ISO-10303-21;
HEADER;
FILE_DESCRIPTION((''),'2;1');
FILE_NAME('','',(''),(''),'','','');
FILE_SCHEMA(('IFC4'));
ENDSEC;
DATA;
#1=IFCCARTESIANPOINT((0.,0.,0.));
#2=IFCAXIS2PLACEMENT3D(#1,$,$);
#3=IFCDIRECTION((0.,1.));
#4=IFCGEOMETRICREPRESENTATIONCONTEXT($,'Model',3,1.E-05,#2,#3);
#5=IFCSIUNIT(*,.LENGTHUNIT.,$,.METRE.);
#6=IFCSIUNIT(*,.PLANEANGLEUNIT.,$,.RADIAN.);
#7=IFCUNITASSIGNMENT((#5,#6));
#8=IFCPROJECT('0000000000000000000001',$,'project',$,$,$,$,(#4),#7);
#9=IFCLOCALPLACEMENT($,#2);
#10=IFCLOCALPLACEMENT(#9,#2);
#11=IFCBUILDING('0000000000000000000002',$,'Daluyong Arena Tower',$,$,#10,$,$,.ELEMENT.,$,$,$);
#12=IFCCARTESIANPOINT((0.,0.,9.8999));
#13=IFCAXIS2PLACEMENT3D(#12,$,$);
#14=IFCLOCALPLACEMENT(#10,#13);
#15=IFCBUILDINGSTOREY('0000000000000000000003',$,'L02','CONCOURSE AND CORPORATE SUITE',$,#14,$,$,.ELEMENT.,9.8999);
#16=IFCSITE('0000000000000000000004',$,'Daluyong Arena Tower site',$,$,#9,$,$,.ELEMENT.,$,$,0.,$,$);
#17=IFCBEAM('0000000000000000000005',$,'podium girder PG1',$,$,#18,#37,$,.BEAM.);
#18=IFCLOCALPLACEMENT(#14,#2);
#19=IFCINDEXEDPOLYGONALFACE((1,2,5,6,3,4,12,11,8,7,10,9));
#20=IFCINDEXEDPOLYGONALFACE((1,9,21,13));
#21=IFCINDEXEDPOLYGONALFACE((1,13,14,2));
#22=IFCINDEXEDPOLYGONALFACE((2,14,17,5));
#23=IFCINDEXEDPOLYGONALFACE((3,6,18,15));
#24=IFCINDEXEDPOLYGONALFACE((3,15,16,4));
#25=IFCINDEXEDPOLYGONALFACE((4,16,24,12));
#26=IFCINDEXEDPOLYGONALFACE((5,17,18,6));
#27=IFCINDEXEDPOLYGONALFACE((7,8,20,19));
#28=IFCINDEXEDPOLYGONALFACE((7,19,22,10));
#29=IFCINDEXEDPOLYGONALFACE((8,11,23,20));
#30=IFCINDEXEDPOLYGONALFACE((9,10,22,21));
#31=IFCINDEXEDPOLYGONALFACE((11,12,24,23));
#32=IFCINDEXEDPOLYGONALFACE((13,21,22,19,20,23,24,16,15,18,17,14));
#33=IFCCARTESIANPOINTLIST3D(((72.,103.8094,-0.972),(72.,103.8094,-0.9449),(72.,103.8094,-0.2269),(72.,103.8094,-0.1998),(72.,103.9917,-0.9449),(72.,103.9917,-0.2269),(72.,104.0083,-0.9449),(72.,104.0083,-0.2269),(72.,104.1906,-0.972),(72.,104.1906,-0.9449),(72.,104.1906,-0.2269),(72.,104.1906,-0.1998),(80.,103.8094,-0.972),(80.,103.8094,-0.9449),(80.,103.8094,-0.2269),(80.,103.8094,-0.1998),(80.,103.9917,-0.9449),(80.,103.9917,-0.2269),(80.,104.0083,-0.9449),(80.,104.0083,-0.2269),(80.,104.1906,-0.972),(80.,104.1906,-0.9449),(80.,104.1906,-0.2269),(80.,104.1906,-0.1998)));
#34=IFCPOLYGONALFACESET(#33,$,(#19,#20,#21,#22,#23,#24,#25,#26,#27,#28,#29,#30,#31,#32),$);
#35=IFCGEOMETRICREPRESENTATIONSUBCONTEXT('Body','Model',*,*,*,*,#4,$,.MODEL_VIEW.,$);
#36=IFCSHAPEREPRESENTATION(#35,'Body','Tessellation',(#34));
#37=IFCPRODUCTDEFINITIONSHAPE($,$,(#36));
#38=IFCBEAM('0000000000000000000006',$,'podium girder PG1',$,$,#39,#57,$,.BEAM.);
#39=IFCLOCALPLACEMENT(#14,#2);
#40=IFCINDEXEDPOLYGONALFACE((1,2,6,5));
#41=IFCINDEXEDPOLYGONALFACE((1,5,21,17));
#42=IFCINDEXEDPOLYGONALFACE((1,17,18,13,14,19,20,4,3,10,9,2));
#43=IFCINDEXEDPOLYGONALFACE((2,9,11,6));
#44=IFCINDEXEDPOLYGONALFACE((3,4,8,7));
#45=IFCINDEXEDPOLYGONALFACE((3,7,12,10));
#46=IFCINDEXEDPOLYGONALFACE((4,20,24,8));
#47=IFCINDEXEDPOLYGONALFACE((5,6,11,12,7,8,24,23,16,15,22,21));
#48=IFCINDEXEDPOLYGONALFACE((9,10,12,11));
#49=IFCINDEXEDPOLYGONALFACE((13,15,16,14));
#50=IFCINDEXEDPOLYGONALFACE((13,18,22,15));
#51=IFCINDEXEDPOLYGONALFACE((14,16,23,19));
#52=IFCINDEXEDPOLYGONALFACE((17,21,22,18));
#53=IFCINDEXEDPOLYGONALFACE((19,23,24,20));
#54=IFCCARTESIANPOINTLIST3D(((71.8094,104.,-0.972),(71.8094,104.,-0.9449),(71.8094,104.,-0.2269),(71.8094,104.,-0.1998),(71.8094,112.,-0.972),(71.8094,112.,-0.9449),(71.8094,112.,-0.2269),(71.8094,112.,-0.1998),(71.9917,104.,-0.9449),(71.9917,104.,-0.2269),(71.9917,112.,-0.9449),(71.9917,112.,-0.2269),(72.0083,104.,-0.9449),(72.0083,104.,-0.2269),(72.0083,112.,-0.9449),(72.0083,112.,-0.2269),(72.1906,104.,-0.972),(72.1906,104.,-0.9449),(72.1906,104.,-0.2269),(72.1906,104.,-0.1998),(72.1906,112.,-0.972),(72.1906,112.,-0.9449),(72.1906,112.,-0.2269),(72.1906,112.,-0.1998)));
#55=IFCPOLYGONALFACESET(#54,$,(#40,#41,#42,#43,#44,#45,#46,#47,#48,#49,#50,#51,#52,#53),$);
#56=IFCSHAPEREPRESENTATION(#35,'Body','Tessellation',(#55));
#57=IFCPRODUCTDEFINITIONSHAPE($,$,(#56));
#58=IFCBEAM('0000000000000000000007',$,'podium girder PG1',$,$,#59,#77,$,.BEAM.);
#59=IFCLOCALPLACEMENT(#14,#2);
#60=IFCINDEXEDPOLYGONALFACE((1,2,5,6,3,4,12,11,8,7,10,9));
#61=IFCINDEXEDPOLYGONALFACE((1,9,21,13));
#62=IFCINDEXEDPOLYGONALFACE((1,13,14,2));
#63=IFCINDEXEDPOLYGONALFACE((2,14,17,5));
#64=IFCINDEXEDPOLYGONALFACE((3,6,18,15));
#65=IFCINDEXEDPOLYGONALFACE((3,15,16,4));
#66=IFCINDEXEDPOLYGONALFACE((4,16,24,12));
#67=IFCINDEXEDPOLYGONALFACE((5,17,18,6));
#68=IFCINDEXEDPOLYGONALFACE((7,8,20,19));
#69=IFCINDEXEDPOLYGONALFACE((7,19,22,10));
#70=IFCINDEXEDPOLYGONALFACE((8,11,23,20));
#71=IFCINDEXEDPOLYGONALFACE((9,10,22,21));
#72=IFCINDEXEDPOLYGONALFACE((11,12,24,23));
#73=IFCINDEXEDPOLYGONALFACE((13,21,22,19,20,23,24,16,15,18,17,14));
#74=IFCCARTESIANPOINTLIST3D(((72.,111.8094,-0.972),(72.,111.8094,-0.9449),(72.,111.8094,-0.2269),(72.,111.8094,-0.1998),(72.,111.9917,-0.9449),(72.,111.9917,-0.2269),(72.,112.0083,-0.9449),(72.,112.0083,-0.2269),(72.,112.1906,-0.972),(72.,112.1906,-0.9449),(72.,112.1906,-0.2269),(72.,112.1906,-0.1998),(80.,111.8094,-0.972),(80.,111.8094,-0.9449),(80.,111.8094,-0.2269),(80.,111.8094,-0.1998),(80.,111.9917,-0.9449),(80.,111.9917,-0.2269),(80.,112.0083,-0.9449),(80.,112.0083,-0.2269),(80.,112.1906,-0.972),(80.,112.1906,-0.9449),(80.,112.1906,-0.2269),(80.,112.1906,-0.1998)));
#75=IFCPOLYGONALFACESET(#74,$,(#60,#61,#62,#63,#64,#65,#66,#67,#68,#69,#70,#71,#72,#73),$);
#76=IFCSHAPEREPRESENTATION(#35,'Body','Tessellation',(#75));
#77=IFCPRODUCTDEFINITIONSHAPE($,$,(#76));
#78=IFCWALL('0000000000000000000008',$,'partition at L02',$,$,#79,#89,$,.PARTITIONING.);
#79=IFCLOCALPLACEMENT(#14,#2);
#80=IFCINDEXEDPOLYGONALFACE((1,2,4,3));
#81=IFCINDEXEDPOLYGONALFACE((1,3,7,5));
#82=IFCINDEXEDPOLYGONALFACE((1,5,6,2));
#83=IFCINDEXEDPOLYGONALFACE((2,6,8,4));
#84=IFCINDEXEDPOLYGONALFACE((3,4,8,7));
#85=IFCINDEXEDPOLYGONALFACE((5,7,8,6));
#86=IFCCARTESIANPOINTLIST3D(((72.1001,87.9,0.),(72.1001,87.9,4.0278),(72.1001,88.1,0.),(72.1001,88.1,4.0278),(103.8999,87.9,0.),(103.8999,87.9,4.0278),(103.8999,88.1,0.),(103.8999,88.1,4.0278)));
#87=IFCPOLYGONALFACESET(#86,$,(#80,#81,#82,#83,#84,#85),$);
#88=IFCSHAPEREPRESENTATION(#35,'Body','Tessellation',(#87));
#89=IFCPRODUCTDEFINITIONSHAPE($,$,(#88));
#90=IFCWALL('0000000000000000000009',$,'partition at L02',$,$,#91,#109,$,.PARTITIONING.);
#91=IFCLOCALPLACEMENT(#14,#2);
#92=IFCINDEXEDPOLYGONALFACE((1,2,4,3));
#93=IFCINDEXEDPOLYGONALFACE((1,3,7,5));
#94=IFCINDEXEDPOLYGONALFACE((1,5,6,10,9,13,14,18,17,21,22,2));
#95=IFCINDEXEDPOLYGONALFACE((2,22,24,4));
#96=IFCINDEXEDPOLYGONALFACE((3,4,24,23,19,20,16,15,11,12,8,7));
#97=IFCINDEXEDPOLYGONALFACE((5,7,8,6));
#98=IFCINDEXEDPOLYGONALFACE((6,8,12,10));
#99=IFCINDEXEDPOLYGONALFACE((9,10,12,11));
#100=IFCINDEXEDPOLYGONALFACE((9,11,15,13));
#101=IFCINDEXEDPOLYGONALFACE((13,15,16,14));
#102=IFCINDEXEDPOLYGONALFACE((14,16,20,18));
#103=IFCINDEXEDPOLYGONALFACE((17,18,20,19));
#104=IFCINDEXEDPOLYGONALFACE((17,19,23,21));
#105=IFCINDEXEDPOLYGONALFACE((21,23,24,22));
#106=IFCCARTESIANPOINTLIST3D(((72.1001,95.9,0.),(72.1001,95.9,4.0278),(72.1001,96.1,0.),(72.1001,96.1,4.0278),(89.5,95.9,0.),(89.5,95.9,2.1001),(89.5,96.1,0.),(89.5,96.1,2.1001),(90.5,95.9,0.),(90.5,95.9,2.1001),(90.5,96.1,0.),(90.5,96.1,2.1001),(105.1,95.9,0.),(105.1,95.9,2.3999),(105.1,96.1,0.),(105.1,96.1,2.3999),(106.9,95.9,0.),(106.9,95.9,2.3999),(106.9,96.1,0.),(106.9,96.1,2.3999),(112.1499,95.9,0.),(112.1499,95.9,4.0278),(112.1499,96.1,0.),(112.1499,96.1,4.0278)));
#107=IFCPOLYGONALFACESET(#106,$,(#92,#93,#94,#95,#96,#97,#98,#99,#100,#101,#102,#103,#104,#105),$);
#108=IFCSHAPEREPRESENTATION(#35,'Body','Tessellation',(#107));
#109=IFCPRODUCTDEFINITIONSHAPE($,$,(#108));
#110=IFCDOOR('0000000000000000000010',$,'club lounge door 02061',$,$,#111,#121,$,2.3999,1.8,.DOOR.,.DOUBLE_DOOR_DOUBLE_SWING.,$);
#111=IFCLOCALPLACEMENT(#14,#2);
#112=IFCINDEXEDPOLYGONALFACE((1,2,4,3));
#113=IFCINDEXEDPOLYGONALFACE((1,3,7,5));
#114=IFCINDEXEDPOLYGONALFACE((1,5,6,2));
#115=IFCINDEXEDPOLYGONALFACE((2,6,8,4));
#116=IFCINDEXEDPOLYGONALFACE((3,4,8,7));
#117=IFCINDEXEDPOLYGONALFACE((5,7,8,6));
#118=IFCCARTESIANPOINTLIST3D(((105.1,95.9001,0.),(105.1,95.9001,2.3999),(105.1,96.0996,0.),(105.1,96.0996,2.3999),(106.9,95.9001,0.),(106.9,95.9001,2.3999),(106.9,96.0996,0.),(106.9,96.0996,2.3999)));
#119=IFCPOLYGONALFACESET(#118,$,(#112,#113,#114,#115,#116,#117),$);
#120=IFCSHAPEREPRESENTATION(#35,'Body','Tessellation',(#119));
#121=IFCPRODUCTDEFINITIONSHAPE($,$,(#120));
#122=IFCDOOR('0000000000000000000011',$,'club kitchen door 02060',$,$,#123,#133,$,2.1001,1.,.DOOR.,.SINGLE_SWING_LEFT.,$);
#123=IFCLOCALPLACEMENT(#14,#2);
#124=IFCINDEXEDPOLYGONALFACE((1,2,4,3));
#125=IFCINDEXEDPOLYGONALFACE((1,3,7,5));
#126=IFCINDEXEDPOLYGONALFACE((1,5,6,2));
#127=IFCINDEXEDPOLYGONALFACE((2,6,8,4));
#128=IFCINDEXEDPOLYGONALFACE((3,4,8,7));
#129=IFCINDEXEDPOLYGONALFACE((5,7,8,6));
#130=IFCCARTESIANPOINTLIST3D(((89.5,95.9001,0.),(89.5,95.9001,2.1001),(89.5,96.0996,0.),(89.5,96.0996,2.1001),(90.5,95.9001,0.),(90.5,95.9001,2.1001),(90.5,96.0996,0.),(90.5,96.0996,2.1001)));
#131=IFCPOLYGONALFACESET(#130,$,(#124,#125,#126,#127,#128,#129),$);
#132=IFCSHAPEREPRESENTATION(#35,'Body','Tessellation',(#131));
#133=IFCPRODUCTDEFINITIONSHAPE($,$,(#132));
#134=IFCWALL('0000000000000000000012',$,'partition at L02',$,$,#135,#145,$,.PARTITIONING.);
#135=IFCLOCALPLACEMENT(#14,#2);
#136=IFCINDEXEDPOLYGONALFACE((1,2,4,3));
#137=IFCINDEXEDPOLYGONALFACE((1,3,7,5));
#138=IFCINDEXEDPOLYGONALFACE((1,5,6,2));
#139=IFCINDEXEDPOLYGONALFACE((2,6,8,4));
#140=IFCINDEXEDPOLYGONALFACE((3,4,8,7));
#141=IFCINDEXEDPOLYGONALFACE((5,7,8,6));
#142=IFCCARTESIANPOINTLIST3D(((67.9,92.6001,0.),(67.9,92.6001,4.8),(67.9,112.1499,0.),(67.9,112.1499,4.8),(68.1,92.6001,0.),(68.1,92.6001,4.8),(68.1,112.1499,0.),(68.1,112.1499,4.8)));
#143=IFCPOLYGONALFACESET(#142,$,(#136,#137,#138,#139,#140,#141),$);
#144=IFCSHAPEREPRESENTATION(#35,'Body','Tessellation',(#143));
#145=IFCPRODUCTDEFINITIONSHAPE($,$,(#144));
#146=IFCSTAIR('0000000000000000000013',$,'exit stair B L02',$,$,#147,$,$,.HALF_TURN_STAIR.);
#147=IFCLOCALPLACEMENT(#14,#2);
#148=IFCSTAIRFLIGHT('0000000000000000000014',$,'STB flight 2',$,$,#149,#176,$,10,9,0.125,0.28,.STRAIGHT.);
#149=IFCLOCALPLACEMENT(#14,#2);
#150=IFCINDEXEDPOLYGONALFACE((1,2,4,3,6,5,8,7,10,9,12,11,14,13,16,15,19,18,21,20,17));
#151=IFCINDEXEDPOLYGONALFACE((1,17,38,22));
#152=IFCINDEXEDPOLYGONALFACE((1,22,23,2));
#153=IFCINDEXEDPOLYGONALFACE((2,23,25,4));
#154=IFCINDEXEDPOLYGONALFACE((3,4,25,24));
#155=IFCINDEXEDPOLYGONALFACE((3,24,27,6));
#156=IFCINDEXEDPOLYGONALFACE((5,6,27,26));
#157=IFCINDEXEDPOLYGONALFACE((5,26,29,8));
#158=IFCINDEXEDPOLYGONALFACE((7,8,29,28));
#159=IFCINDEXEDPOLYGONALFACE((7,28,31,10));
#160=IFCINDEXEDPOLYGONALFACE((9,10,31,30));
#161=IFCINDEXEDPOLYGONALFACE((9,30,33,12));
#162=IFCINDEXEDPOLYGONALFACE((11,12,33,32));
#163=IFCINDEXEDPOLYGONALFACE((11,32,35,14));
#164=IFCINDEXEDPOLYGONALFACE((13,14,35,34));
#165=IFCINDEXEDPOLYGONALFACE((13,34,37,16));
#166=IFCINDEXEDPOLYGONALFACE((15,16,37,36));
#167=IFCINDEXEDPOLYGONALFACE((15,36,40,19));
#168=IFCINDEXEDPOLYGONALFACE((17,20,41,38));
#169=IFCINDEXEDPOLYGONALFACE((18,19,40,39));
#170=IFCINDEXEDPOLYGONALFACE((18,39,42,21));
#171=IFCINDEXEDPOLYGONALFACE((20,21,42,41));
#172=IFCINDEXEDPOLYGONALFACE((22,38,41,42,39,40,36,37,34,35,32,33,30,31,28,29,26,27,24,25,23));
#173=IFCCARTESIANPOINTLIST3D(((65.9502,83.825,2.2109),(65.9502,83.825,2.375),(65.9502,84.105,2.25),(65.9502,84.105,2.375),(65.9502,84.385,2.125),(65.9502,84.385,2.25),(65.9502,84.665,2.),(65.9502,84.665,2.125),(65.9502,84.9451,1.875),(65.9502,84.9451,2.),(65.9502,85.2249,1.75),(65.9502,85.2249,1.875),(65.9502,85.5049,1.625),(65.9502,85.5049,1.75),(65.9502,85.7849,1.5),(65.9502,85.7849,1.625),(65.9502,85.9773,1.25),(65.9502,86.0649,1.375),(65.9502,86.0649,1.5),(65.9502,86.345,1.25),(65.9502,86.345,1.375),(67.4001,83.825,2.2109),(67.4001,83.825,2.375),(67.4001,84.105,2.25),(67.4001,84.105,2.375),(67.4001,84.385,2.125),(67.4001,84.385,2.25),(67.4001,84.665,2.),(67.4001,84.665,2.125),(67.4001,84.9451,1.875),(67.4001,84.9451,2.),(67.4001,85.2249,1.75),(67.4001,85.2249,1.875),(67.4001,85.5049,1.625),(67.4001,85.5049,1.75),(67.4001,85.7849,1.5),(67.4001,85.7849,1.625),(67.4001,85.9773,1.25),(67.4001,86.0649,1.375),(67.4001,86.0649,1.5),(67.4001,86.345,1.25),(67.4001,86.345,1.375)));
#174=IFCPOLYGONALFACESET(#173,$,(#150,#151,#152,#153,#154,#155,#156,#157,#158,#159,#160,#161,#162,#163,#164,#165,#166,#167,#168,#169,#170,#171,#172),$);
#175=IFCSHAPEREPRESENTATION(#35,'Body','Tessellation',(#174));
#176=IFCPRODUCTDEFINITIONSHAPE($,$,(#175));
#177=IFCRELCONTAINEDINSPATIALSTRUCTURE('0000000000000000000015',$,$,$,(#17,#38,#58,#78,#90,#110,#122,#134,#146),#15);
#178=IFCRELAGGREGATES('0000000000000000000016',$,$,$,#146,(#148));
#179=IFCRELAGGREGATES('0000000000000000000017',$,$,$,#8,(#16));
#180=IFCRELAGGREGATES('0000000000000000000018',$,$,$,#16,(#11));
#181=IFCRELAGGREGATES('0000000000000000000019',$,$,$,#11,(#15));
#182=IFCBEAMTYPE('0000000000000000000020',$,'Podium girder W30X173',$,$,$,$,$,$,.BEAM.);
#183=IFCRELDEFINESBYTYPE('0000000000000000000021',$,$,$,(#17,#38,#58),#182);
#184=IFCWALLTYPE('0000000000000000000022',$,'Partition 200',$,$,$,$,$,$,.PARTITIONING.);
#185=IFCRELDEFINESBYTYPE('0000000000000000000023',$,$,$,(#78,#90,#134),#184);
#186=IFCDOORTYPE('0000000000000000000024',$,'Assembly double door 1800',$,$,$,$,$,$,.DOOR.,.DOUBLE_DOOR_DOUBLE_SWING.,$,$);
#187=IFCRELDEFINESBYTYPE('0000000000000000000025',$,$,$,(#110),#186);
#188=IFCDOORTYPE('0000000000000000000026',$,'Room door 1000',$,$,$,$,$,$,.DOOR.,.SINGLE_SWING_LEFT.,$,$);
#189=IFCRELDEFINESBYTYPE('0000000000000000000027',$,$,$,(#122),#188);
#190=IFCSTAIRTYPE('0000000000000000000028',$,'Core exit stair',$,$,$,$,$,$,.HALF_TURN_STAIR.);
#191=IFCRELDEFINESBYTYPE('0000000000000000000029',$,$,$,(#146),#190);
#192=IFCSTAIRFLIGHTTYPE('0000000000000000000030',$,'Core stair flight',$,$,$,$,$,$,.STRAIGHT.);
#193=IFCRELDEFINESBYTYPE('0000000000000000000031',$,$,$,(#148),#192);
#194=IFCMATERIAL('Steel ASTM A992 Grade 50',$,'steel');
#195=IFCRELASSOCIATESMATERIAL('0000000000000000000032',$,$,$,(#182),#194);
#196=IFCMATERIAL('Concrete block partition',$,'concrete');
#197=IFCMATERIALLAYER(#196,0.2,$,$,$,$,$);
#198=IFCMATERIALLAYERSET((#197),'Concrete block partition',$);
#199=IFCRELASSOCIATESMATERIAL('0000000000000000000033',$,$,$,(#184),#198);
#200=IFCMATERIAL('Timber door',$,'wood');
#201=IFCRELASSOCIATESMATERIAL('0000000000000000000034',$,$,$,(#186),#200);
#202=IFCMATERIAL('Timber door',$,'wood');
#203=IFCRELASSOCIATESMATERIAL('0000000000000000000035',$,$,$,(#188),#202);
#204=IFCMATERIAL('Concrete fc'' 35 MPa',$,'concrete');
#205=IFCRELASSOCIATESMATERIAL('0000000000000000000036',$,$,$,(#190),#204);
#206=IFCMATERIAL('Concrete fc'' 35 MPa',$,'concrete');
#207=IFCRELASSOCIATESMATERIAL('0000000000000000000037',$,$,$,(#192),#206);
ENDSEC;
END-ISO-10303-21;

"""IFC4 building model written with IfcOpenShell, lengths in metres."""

from ifc_helpers import new_model, si_unit, direction, frame, frame_2d, origin, origin_2d, place, context, subcontext, project, spatial, polyline, rectangle, i_section, outline, extrude, material, layer, layer_set, material_profile, profile_set, type_object, element, fill, aggregate, save


model = new_model("IFC4")

# Units and contexts
model_context = context("Model", 3, precision=1e-05, world=origin(), true_north=direction((0.0, 1.0)))
body_context = subcontext(model_context, "Body", "Model", "MODEL_VIEW")
ifc_project = project(units=[si_unit("LENGTHUNIT", "METRE"), si_unit("PLANEANGLEUNIT", "RADIAN")], contexts=[model_context])

# Site, building, storey
site_placement = place(None, origin())
site = spatial("IfcSite", under=ifc_project, at=site_placement, Name="Daluyong Arena Tower site", CompositionType="ELEMENT", RefElevation=0.0)
building_placement = place(site_placement, origin())
building = spatial("IfcBuilding", under=site, at=building_placement, Name="Daluyong Arena Tower", CompositionType="ELEMENT")
storey_placement = place(building_placement, frame((0.0, 0.0, 9.8999)))
storey = spatial("IfcBuildingStorey", under=building, at=storey_placement, Name="L02", Description="CONCOURSE AND CORPORATE SUITE", CompositionType="ELEMENT", Elevation=9.8999)

# Beams
ifc_material_1 = material(Name="Steel ASTM A992 Grade 50", Category="steel")
ifc_material_profile_1 = material_profile(ifc_material_1, i_section(OverallWidth=0.3811, OverallDepth=0.7722, WebThickness=0.0166, FlangeThickness=0.0271, at=origin_2d()))
ifc_profile_set_1 = profile_set([ifc_material_profile_1], Name="Steel ASTM A992 Grade 50")
beam_type_1 = type_object("IfcBeamType", Name="Podium girder W30X173", PredefinedType="BEAM", material=ifc_profile_set_1)
for number, where, z_axis, x_axis, name in (
    (1, (72.0, 104.0, -0.5859), (1.0, 0.0, 0.0), (0.0, 1.0, 0.0), "podium girder PG1"),
    (2, (72.0, 104.0, -0.5859), (0.0, 1.0, 0.0), (-1.0, 0.0, 0.0), "podium girder PG1"),
    (3, (72.0, 112.0, -0.5859), (1.0, 0.0, 0.0), (0.0, 1.0, 0.0), "podium girder PG1"),
):
    element("IfcBeam", number, at=place(storey_placement, frame(where, z_axis=z_axis, x_axis=x_axis)), inside=storey, type_object=beam_type_1, Name=name, PredefinedType="BEAM", context=body_context, shape_type="SweptSolid", body=[
        extrude(i_section(OverallWidth=0.3811, OverallDepth=0.7722, WebThickness=0.0166, FlangeThickness=0.0271, at=origin_2d()), origin(), (0.0, 0.0, 1.0), 8.0),
    ])

# Wall
ifc_material_2 = material(Name="Concrete block partition", Category="concrete")
ifc_layer = layer(ifc_material_2, 0.2)
ifc_layer_set = layer_set([ifc_layer], Name="Concrete block partition")
wall_type = type_object("IfcWallType", Name="Partition 200", PredefinedType="PARTITIONING", material=ifc_layer_set)
wall_1_placement = place(storey_placement, frame((72.1001, 88.0, 0.0), z_axis=(0.0, 0.0, 1.0), x_axis=(1.0, 0.0, 0.0)))
element("IfcWall", 4, at=wall_1_placement, inside=storey, type_object=wall_type, Name="partition at L02", PredefinedType="PARTITIONING", context=body_context, shape_type="SweptSolid", body=[
    extrude(rectangle(XDim=31.7998, YDim=0.2, at=frame_2d((15.8999, 0.0))), origin(), (0.0, 0.0, 1.0), 4.0278),
])

# Wall, openings, doors
wall_2_placement = place(storey_placement, frame((72.1001, 96.0, 0.0), z_axis=(0.0, 0.0, 1.0), x_axis=(1.0, 0.0, 0.0)))
wall_2 = element("IfcWall", 5, at=wall_2_placement, inside=storey, type_object=wall_type, Name="partition at L02", PredefinedType="PARTITIONING", context=body_context, shape_type="SweptSolid", body=[
    extrude(rectangle(XDim=40.0498, YDim=0.2, at=frame_2d((20.0249, 0.0))), origin(), (0.0, 0.0, 1.0), 4.0278),
])
opening_1_placement = place(wall_2_placement, frame((17.3999, 0.0, 0.0)))
opening_1 = element("IfcOpeningElement", 6, at=opening_1_placement, cuts=wall_2, PredefinedType="OPENING", context=body_context, shape_type="SweptSolid", body=[
    extrude(rectangle(XDim=1.0, YDim=2.1001, at=frame_2d((0.5, 1.05))), frame((0.0, 0.1099, 0.0), z_axis=(0.0, -1.0, 0.0), x_axis=(1.0, 0.0, 0.0)), (0.0, 0.0, 1.0), 0.22),
])
opening_2_placement = place(wall_2_placement, frame((33.0, 0.0, 0.0)))
opening_2 = element("IfcOpeningElement", 7, at=opening_2_placement, cuts=wall_2, PredefinedType="OPENING", context=body_context, shape_type="SweptSolid", body=[
    extrude(rectangle(XDim=1.8, YDim=2.3999, at=frame_2d((0.8999, 1.2))), frame((0.0, 0.1099, 0.0), z_axis=(0.0, -1.0, 0.0), x_axis=(1.0, 0.0, 0.0)), (0.0, 0.0, 1.0), 0.22),
])
ifc_material_3 = material(Name="Timber door", Category="wood")
door_type_1 = type_object("IfcDoorType", Name="Assembly double door 1800", OperationType="DOUBLE_DOOR_DOUBLE_SWING", PredefinedType="DOOR", material=ifc_material_3)
door_1_placement = place(opening_2_placement, origin())
door_1 = element("IfcDoor", 8, at=door_1_placement, inside=storey, type_object=door_type_1, Name="club lounge door 02061", OperationType="DOUBLE_DOOR_DOUBLE_SWING", OverallHeight=2.3999, OverallWidth=1.8, PredefinedType="DOOR", context=body_context, shape_type="SweptSolid", body=[
    extrude(rectangle(XDim=1.8, YDim=2.3999, at=frame_2d((0.8999, 1.2))), frame((0.0, 0.0996, 0.0), z_axis=(0.0, -1.0, 0.0), x_axis=(1.0, 0.0, 0.0)), (0.0, 0.0, 1.0), 0.1995),
])
fill(opening_2, door_1)
ifc_material_4 = material(Name="Timber door", Category="wood")
door_type_2 = type_object("IfcDoorType", Name="Room door 1000", OperationType="SINGLE_SWING_LEFT", PredefinedType="DOOR", material=ifc_material_4)
door_2_placement = place(opening_1_placement, origin())
door_2 = element("IfcDoor", 9, at=door_2_placement, inside=storey, type_object=door_type_2, Name="club kitchen door 02060", OperationType="SINGLE_SWING_LEFT", OverallHeight=2.1001, OverallWidth=1.0, PredefinedType="DOOR", context=body_context, shape_type="SweptSolid", body=[
    extrude(rectangle(XDim=1.0, YDim=2.1001, at=frame_2d((0.5, 1.05))), frame((0.0, 0.0996, 0.0), z_axis=(0.0, -1.0, 0.0), x_axis=(1.0, 0.0, 0.0)), (0.0, 0.0, 1.0), 0.1995),
])
fill(opening_1, door_2)

# Wall
wall_3_placement = place(storey_placement, frame((68.0, 92.6001, 0.0), z_axis=(0.0, 0.0, 1.0), x_axis=(0.0, 1.0, 0.0)))
element("IfcWall", 10, at=wall_3_placement, inside=storey, type_object=wall_type, Name="partition at L02", PredefinedType="PARTITIONING", context=body_context, shape_type="SweptSolid", body=[
    extrude(rectangle(XDim=19.5498, YDim=0.2, at=frame_2d((9.7749, 0.0))), origin(), (0.0, 0.0, 1.0), 4.8),
])

# Stair, stair flight
ifc_material_5 = material(Name="Concrete fc' 35 MPa", Category="concrete")
stair_type = type_object("IfcStairType", Name="Core exit stair", PredefinedType="HALF_TURN_STAIR", material=ifc_material_5)
stair_placement = place(storey_placement, origin())
stair = element("IfcStair", 11, at=stair_placement, inside=storey, type_object=stair_type, Name="exit stair B L02", PredefinedType="HALF_TURN_STAIR")
ifc_material_6 = material(Name="Concrete fc' 35 MPa", Category="concrete")
stair_flight_type = type_object("IfcStairFlightType", Name="Core stair flight", PredefinedType="STRAIGHT", material=ifc_material_6)
stair_flight_1_placement = place(storey_placement, frame((66.675, 86.345, 1.25), z_axis=(0.0, 0.0, 1.0), x_axis=(0.0, -1.0, 0.0)))
stair_flight_1 = element("IfcStairFlight", 12, at=stair_flight_1_placement, type_object=stair_flight_type, Name="STB flight 2", NumberOfRisers=10, NumberOfTreads=9, PredefinedType="STRAIGHT", RiserHeight=0.125, TreadLength=0.28, context=body_context, shape_type="SweptSolid", body=[
    extrude(outline(polyline([(0.0, 0.0), (0.0, 0.125), (0.28, 0.125), (0.28, 0.25), (0.5601, 0.25), (0.5601, 0.375), (0.8401, 0.375), (0.8401, 0.5), (1.1201, 0.5), (1.1201, 0.625), (1.3999, 0.625), (1.3999, 0.75), (1.6799, 0.75), (1.6799, 0.875), (1.96, 0.875), (1.96, 1.0), (2.24, 1.0), (2.24, 1.125), (2.52, 1.125), (2.52, 1.25), (2.52, 0.9609), (0.3677, 0.0), (0.0, 0.0)])), frame((0.0, 0.7251, 0.0), z_axis=(0.0, -1.0, 0.0), x_axis=(1.0, 0.0, 0.0)), (0.0, 0.0, 1.0), 1.45),
])
aggregate(stair, [stair_flight_1])

save(model, "model.ifc")
